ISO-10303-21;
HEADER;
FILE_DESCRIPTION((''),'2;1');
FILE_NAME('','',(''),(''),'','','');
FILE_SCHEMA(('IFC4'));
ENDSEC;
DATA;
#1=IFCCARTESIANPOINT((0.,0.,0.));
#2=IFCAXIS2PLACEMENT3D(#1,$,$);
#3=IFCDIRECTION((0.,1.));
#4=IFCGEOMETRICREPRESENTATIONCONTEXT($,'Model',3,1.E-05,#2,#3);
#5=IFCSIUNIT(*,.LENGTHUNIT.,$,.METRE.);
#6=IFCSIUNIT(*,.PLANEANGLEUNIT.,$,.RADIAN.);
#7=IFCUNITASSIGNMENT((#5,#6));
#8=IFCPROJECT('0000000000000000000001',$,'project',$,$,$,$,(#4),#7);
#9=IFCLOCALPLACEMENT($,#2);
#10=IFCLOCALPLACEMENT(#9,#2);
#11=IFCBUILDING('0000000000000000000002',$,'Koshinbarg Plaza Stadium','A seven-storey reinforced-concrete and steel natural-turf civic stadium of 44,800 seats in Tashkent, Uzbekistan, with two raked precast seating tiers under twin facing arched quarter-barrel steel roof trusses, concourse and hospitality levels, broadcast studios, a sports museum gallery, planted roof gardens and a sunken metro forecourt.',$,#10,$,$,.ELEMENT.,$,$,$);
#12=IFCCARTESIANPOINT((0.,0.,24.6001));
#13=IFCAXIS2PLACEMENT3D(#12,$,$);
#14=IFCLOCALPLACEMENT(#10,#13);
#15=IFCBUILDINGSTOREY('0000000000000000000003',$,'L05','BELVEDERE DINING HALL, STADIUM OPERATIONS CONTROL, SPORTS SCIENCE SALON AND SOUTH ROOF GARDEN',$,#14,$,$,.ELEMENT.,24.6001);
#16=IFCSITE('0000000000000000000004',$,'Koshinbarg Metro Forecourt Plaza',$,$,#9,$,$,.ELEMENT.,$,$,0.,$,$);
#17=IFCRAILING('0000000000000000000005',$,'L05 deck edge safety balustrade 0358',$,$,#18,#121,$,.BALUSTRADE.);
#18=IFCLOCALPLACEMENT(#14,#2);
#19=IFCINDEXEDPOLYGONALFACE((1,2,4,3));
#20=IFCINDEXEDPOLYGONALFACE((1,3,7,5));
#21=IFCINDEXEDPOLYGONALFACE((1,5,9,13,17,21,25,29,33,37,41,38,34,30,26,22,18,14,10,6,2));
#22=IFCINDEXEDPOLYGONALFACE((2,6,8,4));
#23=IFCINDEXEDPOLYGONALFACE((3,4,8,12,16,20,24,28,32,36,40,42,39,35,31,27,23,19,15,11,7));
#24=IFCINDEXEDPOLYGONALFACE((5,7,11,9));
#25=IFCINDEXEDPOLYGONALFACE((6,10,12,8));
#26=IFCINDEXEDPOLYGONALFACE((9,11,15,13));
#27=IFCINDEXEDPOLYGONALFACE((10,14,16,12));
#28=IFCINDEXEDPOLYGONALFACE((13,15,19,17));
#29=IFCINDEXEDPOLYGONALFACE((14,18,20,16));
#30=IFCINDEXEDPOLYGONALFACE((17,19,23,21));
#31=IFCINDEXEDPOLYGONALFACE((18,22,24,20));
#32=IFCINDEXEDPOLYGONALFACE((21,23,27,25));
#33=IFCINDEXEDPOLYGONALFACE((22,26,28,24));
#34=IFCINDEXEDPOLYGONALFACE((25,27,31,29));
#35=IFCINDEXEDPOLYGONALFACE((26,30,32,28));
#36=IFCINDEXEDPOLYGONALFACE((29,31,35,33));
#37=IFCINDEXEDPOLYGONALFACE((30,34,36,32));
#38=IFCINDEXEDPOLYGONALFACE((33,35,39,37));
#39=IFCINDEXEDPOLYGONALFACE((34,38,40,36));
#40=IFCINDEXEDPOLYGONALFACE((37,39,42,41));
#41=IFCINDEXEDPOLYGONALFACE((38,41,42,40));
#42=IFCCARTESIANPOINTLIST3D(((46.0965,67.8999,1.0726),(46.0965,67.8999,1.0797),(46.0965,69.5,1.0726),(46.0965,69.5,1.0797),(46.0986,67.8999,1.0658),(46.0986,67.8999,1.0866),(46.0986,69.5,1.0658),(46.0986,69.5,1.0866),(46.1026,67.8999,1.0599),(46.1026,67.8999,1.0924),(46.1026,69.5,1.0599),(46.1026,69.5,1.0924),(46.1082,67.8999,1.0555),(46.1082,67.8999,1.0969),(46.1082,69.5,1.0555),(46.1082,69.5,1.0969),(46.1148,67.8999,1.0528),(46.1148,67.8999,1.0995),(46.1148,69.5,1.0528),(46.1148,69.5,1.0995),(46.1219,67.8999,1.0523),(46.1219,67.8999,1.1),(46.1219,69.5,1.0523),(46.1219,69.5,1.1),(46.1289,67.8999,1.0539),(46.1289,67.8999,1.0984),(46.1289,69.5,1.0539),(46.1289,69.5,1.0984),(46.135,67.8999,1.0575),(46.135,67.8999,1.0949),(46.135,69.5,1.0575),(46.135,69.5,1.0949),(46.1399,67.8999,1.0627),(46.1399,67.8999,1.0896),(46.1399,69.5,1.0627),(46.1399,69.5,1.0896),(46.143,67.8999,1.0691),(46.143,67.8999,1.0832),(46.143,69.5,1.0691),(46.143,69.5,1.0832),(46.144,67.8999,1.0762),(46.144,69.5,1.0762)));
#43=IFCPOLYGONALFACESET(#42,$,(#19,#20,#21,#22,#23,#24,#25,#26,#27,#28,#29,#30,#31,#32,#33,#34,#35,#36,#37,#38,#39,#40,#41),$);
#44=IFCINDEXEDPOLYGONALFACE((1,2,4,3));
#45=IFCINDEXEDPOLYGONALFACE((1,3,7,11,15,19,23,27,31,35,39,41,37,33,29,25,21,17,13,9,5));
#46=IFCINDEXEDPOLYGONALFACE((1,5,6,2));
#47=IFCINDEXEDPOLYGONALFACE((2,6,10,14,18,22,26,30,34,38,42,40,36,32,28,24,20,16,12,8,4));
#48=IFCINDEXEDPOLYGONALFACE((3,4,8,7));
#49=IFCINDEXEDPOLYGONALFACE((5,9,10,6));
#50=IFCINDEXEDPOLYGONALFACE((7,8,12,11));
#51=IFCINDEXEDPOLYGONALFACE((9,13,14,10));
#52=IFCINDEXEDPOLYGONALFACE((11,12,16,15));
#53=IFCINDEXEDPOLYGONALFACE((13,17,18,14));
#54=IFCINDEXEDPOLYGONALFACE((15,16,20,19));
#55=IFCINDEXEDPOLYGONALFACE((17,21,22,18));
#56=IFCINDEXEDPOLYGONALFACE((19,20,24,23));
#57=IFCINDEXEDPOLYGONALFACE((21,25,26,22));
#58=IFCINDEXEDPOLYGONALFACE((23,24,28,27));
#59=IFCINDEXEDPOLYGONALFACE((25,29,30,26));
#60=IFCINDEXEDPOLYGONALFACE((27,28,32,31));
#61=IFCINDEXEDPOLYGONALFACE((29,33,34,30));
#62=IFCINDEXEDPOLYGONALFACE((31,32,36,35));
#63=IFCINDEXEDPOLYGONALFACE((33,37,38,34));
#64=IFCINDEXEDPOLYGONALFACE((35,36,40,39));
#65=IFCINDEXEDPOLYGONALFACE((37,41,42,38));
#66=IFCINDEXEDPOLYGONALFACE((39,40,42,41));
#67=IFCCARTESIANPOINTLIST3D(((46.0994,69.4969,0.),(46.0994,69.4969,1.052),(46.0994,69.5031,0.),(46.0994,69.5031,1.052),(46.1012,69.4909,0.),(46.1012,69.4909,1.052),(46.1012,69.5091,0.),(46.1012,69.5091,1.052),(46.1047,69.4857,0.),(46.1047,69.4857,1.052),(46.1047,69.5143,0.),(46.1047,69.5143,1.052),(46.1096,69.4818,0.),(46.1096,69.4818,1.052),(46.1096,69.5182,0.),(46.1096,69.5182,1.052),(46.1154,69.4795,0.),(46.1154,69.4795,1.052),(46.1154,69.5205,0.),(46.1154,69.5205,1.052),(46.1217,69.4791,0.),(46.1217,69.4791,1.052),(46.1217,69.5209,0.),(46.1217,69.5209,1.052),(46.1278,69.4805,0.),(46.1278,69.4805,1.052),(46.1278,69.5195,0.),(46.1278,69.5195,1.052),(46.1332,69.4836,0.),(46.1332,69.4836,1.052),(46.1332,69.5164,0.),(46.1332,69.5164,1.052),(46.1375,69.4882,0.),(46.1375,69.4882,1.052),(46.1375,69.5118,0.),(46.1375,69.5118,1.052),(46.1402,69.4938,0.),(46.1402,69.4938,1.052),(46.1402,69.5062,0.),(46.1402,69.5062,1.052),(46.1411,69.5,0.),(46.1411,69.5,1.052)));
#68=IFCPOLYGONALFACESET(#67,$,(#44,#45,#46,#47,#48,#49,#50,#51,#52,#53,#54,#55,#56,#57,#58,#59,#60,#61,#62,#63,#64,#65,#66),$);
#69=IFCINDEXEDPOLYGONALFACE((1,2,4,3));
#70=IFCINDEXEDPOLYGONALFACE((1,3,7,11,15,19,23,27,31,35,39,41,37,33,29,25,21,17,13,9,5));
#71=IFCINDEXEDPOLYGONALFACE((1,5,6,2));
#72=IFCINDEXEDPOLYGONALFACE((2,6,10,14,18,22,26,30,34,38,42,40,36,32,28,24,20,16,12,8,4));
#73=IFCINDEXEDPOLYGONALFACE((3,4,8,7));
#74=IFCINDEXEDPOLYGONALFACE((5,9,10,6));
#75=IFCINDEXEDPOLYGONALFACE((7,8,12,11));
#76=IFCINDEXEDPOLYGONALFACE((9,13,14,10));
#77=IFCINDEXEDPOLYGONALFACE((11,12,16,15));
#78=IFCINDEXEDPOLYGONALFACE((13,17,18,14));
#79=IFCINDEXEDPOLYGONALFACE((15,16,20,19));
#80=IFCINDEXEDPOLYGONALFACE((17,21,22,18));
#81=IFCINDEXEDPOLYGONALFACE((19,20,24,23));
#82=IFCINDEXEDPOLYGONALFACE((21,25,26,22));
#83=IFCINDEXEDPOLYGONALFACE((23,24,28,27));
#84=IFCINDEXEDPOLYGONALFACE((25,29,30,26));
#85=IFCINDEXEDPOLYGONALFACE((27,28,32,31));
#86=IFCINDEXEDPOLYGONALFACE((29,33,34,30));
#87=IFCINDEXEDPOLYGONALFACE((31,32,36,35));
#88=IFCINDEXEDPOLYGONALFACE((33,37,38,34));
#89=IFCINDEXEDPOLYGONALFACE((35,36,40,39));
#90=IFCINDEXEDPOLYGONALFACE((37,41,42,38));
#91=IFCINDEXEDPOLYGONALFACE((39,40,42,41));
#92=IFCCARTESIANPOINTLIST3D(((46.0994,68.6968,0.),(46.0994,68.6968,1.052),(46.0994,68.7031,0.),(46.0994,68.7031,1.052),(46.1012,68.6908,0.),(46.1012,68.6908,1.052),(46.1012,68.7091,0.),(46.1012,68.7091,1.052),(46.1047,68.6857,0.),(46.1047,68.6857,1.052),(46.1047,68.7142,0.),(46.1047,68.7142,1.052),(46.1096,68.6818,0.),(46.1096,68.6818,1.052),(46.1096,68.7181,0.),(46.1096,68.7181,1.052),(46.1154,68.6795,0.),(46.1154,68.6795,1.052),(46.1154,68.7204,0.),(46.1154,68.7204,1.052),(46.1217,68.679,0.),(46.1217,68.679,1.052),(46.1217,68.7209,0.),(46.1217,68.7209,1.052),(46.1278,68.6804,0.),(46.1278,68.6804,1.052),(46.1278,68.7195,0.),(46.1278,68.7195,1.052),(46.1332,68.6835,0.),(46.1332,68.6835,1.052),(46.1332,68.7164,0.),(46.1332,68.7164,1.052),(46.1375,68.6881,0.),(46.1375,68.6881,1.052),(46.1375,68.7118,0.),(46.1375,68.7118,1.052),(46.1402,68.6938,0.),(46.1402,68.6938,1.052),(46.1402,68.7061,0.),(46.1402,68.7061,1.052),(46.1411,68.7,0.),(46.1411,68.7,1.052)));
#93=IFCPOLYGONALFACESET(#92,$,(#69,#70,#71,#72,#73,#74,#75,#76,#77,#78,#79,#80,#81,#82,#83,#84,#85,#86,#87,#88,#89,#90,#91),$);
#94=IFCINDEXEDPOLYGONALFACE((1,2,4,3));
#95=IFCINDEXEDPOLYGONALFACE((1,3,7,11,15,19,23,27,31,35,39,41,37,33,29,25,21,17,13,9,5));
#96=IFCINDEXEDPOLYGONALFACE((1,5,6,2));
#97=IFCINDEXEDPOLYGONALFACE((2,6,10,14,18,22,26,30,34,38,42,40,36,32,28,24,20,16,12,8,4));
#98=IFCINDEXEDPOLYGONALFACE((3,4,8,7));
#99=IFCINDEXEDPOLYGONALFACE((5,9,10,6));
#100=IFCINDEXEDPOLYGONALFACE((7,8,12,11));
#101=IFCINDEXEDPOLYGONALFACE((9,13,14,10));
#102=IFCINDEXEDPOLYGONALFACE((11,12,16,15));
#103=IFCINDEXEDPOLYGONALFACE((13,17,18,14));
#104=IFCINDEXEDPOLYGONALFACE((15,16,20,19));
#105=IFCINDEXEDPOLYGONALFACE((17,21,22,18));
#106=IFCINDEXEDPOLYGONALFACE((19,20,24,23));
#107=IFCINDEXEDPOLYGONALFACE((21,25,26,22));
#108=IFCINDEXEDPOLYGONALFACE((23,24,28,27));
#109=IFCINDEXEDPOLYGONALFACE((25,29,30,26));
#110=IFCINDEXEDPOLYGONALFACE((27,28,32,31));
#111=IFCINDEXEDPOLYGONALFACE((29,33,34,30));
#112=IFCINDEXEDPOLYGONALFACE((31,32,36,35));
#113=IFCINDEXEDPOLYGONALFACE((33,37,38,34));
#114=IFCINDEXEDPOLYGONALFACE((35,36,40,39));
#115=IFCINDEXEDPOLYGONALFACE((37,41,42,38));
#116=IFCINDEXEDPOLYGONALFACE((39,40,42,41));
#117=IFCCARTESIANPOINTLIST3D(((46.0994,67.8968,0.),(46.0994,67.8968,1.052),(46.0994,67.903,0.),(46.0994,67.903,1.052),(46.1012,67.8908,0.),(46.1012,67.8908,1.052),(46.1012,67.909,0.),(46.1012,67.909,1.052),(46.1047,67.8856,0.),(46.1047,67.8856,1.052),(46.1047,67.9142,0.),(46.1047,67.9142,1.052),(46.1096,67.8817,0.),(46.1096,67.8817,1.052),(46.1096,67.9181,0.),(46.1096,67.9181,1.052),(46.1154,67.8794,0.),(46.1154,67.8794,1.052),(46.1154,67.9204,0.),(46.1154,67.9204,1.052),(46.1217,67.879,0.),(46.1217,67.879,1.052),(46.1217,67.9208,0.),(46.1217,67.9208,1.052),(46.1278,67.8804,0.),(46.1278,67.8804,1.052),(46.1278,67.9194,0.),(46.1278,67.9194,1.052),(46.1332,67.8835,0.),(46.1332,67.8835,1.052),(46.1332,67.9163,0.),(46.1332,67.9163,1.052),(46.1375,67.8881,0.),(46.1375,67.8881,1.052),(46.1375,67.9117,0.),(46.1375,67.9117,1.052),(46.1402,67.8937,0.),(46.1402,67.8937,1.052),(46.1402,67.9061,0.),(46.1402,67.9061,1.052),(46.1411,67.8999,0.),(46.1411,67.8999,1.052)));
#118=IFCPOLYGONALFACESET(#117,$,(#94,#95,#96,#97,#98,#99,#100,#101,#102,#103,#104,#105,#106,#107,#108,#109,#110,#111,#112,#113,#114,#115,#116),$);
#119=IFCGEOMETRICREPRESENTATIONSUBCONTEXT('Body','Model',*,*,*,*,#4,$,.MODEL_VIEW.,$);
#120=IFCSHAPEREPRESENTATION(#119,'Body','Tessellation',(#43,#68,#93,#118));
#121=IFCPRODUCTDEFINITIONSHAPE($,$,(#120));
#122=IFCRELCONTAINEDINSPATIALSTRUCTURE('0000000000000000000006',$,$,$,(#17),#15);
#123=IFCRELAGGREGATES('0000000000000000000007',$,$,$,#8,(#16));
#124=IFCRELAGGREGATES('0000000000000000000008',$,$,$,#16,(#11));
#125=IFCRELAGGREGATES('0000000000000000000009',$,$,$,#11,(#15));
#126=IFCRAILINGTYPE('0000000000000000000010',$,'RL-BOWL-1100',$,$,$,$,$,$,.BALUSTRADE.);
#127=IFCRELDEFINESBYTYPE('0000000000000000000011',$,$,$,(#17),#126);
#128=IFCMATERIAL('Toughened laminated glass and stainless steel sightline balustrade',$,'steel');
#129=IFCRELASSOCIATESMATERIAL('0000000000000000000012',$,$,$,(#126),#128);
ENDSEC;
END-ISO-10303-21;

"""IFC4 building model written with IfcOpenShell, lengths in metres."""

from ifc_helpers import new_model, si_unit, direction, frame, origin, origin_2d, place, context, subcontext, project, spatial, circle, extrude, material, type_object, element, save


model = new_model("IFC4")

# Units and contexts
model_context = context("Model", 3, precision=1e-05, world=origin(), true_north=direction((0.0, 1.0)))
body_context = subcontext(model_context, "Body", "Model", "MODEL_VIEW")
ifc_project = project(units=[si_unit("LENGTHUNIT", "METRE"), si_unit("PLANEANGLEUNIT", "RADIAN")], contexts=[model_context])

# Site, building, storey
site_placement = place(None, origin())
site = spatial("IfcSite", under=ifc_project, at=site_placement, Name="Koshinbarg Metro Forecourt Plaza", CompositionType="ELEMENT", RefElevation=0.0)
building_placement = place(site_placement, origin())
building = spatial("IfcBuilding", under=site, at=building_placement, Name="Koshinbarg Plaza Stadium", Description="A seven-storey reinforced-concrete and steel natural-turf civic stadium of 44,800 seats in Tashkent, Uzbekistan, with two raked precast seating tiers under twin facing arched quarter-barrel steel roof trusses, concourse and hospitality levels, broadcast studios, a sports museum gallery, planted roof gardens and a sunken metro forecourt.", CompositionType="ELEMENT")
storey_placement = place(building_placement, frame((0.0, 0.0, 24.6001)))
storey = spatial("IfcBuildingStorey", under=building, at=storey_placement, Name="L05", Description="BELVEDERE DINING HALL, STADIUM OPERATIONS CONTROL, SPORTS SCIENCE SALON AND SOUTH ROOF GARDEN", CompositionType="ELEMENT", Elevation=24.6001)

# Railing
ifc_material_1 = material(Name="Toughened laminated glass and stainless steel sightline balustrade", Category="steel")
railing_type = type_object("IfcRailingType", Name="RL-BOWL-1100", PredefinedType="BALUSTRADE", material=ifc_material_1)
railing_placement = place(storey_placement, frame((46.1201, 69.5, 0.0)))
element("IfcRailing", 1, at=railing_placement, inside=storey, type_object=railing_type, Name="L05 deck edge safety balustrade 0358", PredefinedType="BALUSTRADE", context=body_context, shape_type="SweptSolid", body=[
    extrude(circle(Radius=0.0239, at=origin_2d()), frame((0.0, 0.0, 1.0762), z_axis=(0.0, -1.0, 0.0), x_axis=(1.0, 0.0, 0.0)), (0.0, 0.0, 1.0), 1.6001),
    extrude(circle(Radius=0.021, at=origin_2d()), origin(), (0.0, 0.0, 1.0), 1.052),
    extrude(circle(Radius=0.021, at=origin_2d()), frame((0.0, -0.8, 0.0)), (0.0, 0.0, 1.0), 1.052),
    extrude(circle(Radius=0.021, at=origin_2d()), frame((0.0, -1.6001, 0.0)), (0.0, 0.0, 1.0), 1.052),
])

save(model, "model.ifc")
